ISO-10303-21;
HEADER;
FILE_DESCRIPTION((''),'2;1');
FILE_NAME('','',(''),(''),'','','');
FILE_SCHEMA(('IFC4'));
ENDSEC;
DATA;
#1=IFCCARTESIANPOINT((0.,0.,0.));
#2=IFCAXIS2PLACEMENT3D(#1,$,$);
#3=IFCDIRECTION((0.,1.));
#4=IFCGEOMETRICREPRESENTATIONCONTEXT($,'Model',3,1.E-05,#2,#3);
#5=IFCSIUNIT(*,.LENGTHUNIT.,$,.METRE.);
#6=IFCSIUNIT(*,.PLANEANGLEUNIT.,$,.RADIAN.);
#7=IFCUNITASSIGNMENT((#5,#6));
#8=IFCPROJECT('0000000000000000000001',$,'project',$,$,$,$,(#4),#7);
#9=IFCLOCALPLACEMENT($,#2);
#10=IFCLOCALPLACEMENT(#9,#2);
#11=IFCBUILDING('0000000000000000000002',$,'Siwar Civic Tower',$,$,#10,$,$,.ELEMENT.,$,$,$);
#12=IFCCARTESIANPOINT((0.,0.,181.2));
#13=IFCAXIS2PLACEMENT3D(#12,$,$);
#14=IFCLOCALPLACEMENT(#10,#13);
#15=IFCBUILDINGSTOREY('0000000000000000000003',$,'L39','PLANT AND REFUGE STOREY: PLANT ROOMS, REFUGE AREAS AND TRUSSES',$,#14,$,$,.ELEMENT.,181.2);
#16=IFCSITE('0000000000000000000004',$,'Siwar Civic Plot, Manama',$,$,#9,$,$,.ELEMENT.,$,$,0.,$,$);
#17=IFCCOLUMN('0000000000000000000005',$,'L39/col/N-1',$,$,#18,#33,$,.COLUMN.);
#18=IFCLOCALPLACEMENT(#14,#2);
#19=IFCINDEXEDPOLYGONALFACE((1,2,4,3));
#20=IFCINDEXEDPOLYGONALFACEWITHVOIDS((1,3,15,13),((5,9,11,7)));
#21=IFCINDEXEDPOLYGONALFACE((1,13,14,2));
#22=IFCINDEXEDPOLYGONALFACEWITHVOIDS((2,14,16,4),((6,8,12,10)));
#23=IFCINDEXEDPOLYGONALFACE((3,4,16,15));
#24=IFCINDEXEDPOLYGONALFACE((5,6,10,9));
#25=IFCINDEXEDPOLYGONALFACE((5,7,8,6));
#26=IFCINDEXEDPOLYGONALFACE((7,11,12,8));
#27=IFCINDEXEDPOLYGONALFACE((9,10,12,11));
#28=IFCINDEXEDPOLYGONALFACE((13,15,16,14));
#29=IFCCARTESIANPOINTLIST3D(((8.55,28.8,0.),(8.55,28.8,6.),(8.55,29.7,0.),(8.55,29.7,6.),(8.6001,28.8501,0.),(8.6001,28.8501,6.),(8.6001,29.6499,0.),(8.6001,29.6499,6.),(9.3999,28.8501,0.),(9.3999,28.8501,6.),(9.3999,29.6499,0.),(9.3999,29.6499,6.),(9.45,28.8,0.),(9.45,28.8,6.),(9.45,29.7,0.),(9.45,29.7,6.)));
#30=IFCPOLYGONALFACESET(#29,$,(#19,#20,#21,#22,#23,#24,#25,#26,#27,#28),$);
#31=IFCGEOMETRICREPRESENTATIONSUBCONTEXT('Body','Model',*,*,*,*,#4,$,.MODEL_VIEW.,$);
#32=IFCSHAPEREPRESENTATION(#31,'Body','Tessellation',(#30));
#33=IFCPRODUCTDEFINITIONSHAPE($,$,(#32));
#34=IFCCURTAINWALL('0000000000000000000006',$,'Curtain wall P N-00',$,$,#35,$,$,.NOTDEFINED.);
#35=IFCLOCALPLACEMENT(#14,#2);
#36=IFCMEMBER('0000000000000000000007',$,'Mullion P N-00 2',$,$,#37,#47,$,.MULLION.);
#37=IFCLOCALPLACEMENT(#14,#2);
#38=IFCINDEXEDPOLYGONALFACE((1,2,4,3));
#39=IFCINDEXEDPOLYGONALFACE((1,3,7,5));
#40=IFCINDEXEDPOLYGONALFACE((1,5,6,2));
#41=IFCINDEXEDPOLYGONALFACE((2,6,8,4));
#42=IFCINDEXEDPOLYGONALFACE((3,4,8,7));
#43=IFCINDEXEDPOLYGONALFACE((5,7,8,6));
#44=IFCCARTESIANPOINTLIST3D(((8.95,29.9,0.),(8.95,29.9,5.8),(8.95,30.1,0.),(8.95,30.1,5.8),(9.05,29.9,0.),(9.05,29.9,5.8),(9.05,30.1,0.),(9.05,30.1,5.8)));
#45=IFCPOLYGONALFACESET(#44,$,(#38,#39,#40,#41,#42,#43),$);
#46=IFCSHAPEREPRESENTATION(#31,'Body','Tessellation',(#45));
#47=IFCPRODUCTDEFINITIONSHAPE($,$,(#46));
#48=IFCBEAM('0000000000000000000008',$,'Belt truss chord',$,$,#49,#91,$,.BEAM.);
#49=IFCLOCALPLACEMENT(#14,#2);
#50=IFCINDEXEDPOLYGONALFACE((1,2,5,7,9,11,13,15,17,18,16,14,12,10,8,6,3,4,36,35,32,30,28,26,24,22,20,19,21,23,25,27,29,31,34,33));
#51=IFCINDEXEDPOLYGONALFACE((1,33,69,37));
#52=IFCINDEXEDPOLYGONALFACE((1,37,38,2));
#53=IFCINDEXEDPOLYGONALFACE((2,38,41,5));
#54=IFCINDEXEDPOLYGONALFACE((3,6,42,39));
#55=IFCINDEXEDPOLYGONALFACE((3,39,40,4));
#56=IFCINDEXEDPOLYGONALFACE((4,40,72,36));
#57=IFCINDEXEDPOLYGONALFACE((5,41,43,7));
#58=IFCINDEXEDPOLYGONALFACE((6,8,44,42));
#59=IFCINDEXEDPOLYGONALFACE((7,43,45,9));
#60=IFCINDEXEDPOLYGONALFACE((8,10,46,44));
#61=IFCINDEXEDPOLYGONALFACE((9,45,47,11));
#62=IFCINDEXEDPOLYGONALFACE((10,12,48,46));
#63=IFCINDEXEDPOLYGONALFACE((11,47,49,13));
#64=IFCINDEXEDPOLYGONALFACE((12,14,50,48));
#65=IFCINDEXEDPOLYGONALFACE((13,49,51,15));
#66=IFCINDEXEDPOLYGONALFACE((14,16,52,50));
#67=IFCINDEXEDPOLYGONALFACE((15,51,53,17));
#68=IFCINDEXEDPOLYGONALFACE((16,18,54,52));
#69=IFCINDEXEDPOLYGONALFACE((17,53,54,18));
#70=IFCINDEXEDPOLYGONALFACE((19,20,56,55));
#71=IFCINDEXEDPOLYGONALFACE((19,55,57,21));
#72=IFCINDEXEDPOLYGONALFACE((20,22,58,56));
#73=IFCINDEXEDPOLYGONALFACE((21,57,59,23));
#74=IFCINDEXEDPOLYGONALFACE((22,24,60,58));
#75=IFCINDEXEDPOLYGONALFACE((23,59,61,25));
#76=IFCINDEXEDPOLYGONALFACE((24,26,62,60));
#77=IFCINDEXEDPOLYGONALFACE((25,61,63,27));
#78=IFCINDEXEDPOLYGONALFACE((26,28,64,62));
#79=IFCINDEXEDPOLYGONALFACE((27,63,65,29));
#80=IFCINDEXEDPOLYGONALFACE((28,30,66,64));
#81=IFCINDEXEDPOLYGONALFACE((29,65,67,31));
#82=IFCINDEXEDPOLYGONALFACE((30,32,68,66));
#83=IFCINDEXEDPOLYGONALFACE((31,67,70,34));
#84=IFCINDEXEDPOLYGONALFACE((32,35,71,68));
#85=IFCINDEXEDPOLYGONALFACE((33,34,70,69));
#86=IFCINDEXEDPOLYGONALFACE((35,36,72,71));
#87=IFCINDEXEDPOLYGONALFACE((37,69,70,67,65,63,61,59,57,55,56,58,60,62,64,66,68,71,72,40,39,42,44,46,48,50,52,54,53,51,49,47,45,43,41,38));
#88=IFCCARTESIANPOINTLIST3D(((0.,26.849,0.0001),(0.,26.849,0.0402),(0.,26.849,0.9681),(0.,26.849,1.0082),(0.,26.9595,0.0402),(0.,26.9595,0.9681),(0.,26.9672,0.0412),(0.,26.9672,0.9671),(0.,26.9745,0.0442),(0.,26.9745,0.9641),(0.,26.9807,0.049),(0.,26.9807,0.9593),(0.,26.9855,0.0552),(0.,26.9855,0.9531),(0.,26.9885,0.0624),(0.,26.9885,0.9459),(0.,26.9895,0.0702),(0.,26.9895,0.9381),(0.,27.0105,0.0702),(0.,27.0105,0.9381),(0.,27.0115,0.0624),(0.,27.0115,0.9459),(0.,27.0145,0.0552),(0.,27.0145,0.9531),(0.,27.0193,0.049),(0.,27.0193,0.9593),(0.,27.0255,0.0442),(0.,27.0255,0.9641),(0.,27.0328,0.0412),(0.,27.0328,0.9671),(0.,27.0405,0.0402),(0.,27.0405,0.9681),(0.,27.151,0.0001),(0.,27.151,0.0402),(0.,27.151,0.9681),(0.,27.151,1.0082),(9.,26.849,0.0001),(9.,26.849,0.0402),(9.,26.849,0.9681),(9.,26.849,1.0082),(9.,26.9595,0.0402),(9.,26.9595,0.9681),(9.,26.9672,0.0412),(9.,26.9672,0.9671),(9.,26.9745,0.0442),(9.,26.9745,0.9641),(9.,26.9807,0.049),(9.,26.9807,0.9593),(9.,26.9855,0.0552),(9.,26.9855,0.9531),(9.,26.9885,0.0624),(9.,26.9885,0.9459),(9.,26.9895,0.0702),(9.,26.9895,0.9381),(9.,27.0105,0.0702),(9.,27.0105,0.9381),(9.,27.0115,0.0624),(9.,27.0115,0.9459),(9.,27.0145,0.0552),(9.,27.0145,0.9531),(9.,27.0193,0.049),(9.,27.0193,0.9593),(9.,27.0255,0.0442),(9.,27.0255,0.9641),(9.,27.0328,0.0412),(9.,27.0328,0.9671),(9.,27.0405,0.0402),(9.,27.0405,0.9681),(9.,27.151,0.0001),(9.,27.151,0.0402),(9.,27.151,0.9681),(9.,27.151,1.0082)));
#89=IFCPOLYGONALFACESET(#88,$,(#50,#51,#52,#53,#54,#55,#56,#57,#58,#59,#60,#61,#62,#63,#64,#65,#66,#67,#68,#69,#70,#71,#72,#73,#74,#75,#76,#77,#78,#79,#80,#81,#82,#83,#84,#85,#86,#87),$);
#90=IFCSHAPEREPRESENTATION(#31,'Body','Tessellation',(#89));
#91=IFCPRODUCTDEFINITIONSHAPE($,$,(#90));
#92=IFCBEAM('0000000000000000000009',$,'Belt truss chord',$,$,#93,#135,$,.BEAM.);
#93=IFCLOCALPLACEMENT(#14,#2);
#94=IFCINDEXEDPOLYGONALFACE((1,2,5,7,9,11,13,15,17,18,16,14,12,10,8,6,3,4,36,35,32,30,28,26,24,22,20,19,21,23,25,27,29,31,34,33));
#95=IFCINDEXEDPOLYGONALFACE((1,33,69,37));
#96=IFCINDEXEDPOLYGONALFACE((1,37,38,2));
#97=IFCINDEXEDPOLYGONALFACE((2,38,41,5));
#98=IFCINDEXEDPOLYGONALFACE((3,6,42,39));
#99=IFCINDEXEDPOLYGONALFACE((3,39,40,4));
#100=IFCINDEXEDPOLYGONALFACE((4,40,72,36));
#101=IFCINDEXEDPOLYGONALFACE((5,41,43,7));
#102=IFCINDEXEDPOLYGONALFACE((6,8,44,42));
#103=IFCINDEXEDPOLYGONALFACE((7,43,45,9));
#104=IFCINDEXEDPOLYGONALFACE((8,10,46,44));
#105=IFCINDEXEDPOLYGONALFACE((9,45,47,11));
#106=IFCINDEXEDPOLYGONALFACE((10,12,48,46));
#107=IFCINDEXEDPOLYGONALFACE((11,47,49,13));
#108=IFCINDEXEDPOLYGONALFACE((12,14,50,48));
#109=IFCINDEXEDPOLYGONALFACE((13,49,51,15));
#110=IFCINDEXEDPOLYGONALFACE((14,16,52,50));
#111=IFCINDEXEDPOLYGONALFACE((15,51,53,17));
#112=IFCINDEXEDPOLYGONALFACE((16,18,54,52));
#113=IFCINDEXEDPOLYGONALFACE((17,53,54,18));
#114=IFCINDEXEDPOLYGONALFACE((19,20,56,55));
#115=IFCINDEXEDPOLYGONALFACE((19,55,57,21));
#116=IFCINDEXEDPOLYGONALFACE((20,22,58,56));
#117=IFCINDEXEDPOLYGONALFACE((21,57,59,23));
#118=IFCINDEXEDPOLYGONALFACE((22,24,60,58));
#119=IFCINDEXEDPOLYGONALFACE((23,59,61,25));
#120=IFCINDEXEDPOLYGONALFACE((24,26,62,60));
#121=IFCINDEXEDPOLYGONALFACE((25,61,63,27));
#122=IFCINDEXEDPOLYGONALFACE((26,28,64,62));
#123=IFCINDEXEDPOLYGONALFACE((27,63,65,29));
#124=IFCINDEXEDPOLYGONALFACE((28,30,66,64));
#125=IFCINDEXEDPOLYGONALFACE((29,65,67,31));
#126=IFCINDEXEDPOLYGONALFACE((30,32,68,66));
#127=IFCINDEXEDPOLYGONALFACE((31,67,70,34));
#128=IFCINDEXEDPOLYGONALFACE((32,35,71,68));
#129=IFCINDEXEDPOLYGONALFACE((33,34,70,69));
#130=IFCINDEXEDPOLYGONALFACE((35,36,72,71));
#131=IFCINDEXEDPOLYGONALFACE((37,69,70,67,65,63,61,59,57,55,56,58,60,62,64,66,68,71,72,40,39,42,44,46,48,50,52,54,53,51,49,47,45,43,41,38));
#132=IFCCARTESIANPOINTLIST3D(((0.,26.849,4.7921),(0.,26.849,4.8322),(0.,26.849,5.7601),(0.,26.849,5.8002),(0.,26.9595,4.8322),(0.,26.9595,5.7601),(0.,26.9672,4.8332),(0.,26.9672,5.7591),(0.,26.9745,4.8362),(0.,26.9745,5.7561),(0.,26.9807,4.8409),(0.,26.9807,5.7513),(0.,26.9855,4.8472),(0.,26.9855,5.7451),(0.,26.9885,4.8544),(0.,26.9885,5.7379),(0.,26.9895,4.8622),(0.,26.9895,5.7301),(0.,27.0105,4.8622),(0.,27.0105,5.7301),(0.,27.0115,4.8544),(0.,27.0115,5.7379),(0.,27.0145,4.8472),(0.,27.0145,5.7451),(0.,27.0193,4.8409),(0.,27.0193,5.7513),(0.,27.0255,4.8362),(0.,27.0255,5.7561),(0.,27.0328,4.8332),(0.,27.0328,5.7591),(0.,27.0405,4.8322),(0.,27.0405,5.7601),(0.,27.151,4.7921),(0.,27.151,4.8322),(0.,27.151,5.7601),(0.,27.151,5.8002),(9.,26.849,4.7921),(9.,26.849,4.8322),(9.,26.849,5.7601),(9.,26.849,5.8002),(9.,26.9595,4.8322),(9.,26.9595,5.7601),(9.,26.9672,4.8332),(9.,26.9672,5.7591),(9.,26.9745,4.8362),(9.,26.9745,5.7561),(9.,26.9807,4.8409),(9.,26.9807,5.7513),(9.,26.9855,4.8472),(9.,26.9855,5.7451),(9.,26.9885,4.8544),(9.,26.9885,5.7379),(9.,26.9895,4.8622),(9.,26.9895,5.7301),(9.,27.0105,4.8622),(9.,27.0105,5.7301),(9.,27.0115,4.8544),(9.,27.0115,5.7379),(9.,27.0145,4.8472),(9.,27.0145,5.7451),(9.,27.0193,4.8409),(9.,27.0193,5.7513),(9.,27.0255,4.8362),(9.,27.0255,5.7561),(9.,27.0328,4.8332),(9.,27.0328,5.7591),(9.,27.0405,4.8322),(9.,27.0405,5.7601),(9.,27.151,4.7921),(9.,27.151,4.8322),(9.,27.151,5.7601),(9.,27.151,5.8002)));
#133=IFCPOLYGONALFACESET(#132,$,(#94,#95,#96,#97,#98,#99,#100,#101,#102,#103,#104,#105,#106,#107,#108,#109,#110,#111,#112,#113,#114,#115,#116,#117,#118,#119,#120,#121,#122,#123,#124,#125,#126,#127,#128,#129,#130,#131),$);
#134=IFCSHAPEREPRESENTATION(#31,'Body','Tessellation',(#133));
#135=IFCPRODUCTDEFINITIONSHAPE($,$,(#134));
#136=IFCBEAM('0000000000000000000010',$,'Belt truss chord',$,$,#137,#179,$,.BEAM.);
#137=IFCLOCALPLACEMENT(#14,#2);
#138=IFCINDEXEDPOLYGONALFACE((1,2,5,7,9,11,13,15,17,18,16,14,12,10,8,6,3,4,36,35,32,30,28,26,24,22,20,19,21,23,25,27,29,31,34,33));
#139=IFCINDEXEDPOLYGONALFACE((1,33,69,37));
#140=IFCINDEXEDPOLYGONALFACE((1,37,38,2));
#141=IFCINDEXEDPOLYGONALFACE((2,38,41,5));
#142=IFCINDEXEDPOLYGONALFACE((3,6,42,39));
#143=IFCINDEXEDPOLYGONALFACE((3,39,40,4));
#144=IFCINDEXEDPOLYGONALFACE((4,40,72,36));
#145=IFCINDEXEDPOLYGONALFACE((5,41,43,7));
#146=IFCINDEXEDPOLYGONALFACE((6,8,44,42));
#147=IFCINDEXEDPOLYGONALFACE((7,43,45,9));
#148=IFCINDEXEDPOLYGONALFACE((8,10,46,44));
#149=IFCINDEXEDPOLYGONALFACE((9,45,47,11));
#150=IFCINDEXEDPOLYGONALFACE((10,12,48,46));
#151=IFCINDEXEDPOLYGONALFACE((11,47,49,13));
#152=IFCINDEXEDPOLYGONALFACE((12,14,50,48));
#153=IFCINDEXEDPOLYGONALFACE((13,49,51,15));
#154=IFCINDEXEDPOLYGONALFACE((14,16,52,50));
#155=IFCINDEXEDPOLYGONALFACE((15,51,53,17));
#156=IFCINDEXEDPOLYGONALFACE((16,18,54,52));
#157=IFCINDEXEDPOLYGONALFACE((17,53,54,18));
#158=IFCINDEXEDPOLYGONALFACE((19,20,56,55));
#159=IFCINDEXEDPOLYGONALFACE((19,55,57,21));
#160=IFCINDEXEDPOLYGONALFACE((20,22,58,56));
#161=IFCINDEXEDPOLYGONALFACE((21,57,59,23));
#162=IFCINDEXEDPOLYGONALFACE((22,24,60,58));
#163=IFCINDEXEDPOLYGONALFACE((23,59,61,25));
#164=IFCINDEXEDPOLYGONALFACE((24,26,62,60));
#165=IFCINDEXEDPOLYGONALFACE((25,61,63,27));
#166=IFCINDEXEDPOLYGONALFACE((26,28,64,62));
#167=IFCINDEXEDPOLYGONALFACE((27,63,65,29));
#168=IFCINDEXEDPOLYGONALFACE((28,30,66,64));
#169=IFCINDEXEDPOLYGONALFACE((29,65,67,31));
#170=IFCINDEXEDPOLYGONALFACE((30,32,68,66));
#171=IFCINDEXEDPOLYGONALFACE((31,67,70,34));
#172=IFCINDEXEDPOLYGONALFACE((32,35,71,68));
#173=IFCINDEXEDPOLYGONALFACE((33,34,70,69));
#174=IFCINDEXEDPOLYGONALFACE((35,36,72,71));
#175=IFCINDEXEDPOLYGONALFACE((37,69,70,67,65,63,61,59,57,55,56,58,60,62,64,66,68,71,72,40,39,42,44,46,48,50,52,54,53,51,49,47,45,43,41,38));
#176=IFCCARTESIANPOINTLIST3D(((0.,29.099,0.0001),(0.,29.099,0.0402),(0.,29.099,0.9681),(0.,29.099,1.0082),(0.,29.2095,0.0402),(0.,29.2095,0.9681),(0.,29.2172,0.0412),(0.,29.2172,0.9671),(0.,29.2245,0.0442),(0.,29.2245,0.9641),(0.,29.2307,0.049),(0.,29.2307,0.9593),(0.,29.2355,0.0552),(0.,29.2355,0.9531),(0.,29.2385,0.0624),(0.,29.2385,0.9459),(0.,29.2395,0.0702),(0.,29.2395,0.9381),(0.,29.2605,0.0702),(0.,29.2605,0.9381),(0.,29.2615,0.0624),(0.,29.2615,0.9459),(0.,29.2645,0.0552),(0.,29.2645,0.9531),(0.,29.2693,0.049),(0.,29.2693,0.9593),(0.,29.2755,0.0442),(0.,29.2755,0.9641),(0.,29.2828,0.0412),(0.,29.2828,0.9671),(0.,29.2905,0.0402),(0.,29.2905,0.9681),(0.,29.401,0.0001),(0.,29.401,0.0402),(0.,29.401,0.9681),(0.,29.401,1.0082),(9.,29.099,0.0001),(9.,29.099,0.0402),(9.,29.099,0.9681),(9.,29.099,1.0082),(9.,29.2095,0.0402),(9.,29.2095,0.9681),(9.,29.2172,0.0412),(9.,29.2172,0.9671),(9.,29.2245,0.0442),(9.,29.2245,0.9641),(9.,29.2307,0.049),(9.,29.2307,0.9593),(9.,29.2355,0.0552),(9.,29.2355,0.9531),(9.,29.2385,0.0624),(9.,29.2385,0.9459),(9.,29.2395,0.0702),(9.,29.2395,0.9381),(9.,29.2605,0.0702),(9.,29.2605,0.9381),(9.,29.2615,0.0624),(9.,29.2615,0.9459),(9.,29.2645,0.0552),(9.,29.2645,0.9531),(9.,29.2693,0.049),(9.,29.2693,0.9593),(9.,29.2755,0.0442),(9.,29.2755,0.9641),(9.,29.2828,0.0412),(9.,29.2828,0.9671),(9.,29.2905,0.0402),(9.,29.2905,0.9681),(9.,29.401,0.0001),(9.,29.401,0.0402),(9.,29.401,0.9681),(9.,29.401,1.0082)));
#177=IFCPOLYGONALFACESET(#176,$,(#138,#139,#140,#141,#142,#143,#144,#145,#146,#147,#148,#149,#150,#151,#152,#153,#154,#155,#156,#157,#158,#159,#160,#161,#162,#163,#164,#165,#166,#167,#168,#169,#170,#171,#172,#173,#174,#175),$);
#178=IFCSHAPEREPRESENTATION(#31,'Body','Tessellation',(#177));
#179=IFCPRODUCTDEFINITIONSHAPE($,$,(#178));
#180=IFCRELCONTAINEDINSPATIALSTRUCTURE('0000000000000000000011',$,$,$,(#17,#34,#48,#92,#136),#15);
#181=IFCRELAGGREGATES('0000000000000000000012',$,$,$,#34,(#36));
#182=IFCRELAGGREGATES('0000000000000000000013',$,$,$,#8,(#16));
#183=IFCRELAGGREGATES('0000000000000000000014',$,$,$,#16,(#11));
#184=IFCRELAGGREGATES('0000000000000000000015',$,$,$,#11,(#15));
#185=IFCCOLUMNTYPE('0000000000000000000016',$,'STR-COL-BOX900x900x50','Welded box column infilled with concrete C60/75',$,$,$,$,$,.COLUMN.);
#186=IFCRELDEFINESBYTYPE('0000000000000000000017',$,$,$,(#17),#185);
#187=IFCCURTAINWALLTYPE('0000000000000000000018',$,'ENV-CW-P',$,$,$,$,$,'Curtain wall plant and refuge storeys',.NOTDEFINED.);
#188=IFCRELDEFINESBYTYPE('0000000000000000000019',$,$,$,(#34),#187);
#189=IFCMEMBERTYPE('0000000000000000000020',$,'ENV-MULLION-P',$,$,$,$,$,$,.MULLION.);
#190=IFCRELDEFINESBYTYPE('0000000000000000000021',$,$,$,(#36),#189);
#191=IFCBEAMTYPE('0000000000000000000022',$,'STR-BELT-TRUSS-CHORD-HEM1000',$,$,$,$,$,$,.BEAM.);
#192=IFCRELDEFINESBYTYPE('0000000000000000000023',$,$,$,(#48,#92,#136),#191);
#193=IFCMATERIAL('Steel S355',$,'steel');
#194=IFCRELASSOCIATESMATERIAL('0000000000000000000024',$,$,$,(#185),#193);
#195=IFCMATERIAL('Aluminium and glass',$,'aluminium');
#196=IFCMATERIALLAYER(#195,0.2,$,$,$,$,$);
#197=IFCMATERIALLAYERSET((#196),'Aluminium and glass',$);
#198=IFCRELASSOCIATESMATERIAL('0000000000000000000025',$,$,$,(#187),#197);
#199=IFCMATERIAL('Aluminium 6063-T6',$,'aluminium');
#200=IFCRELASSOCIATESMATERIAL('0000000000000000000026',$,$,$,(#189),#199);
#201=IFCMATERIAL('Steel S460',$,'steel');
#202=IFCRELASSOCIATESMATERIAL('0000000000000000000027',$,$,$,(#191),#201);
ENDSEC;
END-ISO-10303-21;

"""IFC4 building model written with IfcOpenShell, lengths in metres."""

from ifc_helpers import new_model, si_unit, direction, frame, origin, origin_2d, place, context, subcontext, project, spatial, rectangle, hollow_rectangle, i_section, extrude, material, layer, layer_set, material_profile, profile_set, type_object, element, aggregate, save


model = new_model("IFC4")

# Units and contexts
model_context = context("Model", 3, precision=1e-05, world=origin(), true_north=direction((0.0, 1.0)))
body_context = subcontext(model_context, "Body", "Model", "MODEL_VIEW")
ifc_project = project(units=[si_unit("LENGTHUNIT", "METRE"), si_unit("PLANEANGLEUNIT", "RADIAN")], contexts=[model_context])

# Site, building, storey
site_placement = place(None, origin())
site = spatial("IfcSite", under=ifc_project, at=site_placement, Name="Siwar Civic Plot, Manama", CompositionType="ELEMENT", RefElevation=0.0)
building_placement = place(site_placement, origin())
building = spatial("IfcBuilding", under=site, at=building_placement, Name="Siwar Civic Tower", CompositionType="ELEMENT")
storey_placement = place(building_placement, frame((0.0, 0.0, 181.2)))
storey = spatial("IfcBuildingStorey", under=building, at=storey_placement, Name="L39", Description="PLANT AND REFUGE STOREY: PLANT ROOMS, REFUGE AREAS AND TRUSSES", CompositionType="ELEMENT", Elevation=181.2)

# Column
ifc_material_1 = material(Name="Steel S355", Category="steel")
ifc_material_profile_1 = material_profile(ifc_material_1, hollow_rectangle(XDim=0.8999, YDim=0.8999, WallThickness=0.05, at=origin_2d()), Name="BOX900x900x50")
ifc_profile_set_1 = profile_set([ifc_material_profile_1], Name="Steel S355")
column_type = type_object("IfcColumnType", Name="STR-COL-BOX900x900x50", Description="Welded box column infilled with concrete C60/75", PredefinedType="COLUMN", material=ifc_profile_set_1)
column_placement = place(storey_placement, frame((9.0, 29.25, 0.0), z_axis=(0.0, 0.0, 1.0), x_axis=(1.0, 0.0, 0.0)))
element("IfcColumn", 1, at=column_placement, inside=storey, type_object=column_type, Name="L39/col/N-1", PredefinedType="COLUMN", context=body_context, shape_type="SweptSolid", body=[
    extrude(hollow_rectangle(XDim=0.8999, YDim=0.8999, WallThickness=0.05, at=origin_2d()), origin(), (0.0, 0.0, 1.0), 6.0),
])

# Curtain wall, member
ifc_material_2 = material(Name="Aluminium and glass", Category="aluminium")
ifc_layer_1 = layer(ifc_material_2, 0.2)
ifc_layer_set_1 = layer_set([ifc_layer_1], Name="Aluminium and glass")
curtain_wall_type = type_object("IfcCurtainWallType", Name="ENV-CW-P", ElementType="Curtain wall plant and refuge storeys", PredefinedType="NOTDEFINED", material=ifc_layer_set_1)
curtain_wall_placement = place(storey_placement, origin())
curtain_wall = element("IfcCurtainWall", 2, at=curtain_wall_placement, inside=storey, type_object=curtain_wall_type, Name="Curtain wall P N-00", PredefinedType="NOTDEFINED")
ifc_material_3 = material(Name="Aluminium 6063-T6", Category="aluminium")
ifc_material_profile_2 = material_profile(ifc_material_3, rectangle(XDim=0.2, YDim=0.1001, at=origin_2d()), Name="AL 200x100")
ifc_profile_set_2 = profile_set([ifc_material_profile_2], Name="Aluminium 6063-T6")
member_type_1 = type_object("IfcMemberType", Name="ENV-MULLION-P", PredefinedType="MULLION", material=ifc_profile_set_2)
member_1_placement = place(storey_placement, frame((9.0, 30.0, 0.0), z_axis=(0.0, 0.0, 1.0), x_axis=(0.0, -1.0, 0.0)))
member_1 = element("IfcMember", 3, at=member_1_placement, type_object=member_type_1, Name="Mullion P N-00 2", PredefinedType="MULLION", context=body_context, shape_type="SweptSolid", body=[
    extrude(rectangle(XDim=0.2, YDim=0.1001, at=origin_2d()), origin(), (0.0, 0.0, 1.0), 5.8),
])

# Beams
ifc_material_4 = material(Name="Steel S460", Category="steel")
ifc_material_profile_3 = material_profile(ifc_material_4, i_section(OverallWidth=0.302, OverallDepth=1.0081, WebThickness=0.021, FlangeThickness=0.04, FilletRadius=0.03, at=origin_2d()), Name="HEM1000")
ifc_profile_set_3 = profile_set([ifc_material_profile_3], Name="Steel S460")
beam_type_1 = type_object("IfcBeamType", Name="STR-BELT-TRUSS-CHORD-HEM1000", PredefinedType="BEAM", material=ifc_profile_set_3)
for number, where, z_axis, x_axis, name in (
    (4, (9.0, 27.0, 0.5042), (-1.0, 0.0, 0.0), (0.0, -1.0, 0.0), "Belt truss chord"),
    (5, (9.0, 27.0, 5.2961), (-1.0, 0.0, 0.0), (0.0, -1.0, 0.0), "Belt truss chord"),
    (6, (9.0, 29.25, 0.5042), (-1.0, 0.0, 0.0), (0.0, -1.0, 0.0), "Belt truss chord"),
):
    element("IfcBeam", number, at=place(storey_placement, frame(where, z_axis=z_axis, x_axis=x_axis)), inside=storey, type_object=beam_type_1, Name=name, PredefinedType="BEAM", context=body_context, shape_type="SweptSolid", body=[
        extrude(i_section(OverallWidth=0.302, OverallDepth=1.0081, WebThickness=0.021, FlangeThickness=0.04, FilletRadius=0.03, at=origin_2d()), origin(), (0.0, 0.0, 1.0), 9.0),
    ])

aggregate(curtain_wall, [member_1])

save(model, "model.ifc")
